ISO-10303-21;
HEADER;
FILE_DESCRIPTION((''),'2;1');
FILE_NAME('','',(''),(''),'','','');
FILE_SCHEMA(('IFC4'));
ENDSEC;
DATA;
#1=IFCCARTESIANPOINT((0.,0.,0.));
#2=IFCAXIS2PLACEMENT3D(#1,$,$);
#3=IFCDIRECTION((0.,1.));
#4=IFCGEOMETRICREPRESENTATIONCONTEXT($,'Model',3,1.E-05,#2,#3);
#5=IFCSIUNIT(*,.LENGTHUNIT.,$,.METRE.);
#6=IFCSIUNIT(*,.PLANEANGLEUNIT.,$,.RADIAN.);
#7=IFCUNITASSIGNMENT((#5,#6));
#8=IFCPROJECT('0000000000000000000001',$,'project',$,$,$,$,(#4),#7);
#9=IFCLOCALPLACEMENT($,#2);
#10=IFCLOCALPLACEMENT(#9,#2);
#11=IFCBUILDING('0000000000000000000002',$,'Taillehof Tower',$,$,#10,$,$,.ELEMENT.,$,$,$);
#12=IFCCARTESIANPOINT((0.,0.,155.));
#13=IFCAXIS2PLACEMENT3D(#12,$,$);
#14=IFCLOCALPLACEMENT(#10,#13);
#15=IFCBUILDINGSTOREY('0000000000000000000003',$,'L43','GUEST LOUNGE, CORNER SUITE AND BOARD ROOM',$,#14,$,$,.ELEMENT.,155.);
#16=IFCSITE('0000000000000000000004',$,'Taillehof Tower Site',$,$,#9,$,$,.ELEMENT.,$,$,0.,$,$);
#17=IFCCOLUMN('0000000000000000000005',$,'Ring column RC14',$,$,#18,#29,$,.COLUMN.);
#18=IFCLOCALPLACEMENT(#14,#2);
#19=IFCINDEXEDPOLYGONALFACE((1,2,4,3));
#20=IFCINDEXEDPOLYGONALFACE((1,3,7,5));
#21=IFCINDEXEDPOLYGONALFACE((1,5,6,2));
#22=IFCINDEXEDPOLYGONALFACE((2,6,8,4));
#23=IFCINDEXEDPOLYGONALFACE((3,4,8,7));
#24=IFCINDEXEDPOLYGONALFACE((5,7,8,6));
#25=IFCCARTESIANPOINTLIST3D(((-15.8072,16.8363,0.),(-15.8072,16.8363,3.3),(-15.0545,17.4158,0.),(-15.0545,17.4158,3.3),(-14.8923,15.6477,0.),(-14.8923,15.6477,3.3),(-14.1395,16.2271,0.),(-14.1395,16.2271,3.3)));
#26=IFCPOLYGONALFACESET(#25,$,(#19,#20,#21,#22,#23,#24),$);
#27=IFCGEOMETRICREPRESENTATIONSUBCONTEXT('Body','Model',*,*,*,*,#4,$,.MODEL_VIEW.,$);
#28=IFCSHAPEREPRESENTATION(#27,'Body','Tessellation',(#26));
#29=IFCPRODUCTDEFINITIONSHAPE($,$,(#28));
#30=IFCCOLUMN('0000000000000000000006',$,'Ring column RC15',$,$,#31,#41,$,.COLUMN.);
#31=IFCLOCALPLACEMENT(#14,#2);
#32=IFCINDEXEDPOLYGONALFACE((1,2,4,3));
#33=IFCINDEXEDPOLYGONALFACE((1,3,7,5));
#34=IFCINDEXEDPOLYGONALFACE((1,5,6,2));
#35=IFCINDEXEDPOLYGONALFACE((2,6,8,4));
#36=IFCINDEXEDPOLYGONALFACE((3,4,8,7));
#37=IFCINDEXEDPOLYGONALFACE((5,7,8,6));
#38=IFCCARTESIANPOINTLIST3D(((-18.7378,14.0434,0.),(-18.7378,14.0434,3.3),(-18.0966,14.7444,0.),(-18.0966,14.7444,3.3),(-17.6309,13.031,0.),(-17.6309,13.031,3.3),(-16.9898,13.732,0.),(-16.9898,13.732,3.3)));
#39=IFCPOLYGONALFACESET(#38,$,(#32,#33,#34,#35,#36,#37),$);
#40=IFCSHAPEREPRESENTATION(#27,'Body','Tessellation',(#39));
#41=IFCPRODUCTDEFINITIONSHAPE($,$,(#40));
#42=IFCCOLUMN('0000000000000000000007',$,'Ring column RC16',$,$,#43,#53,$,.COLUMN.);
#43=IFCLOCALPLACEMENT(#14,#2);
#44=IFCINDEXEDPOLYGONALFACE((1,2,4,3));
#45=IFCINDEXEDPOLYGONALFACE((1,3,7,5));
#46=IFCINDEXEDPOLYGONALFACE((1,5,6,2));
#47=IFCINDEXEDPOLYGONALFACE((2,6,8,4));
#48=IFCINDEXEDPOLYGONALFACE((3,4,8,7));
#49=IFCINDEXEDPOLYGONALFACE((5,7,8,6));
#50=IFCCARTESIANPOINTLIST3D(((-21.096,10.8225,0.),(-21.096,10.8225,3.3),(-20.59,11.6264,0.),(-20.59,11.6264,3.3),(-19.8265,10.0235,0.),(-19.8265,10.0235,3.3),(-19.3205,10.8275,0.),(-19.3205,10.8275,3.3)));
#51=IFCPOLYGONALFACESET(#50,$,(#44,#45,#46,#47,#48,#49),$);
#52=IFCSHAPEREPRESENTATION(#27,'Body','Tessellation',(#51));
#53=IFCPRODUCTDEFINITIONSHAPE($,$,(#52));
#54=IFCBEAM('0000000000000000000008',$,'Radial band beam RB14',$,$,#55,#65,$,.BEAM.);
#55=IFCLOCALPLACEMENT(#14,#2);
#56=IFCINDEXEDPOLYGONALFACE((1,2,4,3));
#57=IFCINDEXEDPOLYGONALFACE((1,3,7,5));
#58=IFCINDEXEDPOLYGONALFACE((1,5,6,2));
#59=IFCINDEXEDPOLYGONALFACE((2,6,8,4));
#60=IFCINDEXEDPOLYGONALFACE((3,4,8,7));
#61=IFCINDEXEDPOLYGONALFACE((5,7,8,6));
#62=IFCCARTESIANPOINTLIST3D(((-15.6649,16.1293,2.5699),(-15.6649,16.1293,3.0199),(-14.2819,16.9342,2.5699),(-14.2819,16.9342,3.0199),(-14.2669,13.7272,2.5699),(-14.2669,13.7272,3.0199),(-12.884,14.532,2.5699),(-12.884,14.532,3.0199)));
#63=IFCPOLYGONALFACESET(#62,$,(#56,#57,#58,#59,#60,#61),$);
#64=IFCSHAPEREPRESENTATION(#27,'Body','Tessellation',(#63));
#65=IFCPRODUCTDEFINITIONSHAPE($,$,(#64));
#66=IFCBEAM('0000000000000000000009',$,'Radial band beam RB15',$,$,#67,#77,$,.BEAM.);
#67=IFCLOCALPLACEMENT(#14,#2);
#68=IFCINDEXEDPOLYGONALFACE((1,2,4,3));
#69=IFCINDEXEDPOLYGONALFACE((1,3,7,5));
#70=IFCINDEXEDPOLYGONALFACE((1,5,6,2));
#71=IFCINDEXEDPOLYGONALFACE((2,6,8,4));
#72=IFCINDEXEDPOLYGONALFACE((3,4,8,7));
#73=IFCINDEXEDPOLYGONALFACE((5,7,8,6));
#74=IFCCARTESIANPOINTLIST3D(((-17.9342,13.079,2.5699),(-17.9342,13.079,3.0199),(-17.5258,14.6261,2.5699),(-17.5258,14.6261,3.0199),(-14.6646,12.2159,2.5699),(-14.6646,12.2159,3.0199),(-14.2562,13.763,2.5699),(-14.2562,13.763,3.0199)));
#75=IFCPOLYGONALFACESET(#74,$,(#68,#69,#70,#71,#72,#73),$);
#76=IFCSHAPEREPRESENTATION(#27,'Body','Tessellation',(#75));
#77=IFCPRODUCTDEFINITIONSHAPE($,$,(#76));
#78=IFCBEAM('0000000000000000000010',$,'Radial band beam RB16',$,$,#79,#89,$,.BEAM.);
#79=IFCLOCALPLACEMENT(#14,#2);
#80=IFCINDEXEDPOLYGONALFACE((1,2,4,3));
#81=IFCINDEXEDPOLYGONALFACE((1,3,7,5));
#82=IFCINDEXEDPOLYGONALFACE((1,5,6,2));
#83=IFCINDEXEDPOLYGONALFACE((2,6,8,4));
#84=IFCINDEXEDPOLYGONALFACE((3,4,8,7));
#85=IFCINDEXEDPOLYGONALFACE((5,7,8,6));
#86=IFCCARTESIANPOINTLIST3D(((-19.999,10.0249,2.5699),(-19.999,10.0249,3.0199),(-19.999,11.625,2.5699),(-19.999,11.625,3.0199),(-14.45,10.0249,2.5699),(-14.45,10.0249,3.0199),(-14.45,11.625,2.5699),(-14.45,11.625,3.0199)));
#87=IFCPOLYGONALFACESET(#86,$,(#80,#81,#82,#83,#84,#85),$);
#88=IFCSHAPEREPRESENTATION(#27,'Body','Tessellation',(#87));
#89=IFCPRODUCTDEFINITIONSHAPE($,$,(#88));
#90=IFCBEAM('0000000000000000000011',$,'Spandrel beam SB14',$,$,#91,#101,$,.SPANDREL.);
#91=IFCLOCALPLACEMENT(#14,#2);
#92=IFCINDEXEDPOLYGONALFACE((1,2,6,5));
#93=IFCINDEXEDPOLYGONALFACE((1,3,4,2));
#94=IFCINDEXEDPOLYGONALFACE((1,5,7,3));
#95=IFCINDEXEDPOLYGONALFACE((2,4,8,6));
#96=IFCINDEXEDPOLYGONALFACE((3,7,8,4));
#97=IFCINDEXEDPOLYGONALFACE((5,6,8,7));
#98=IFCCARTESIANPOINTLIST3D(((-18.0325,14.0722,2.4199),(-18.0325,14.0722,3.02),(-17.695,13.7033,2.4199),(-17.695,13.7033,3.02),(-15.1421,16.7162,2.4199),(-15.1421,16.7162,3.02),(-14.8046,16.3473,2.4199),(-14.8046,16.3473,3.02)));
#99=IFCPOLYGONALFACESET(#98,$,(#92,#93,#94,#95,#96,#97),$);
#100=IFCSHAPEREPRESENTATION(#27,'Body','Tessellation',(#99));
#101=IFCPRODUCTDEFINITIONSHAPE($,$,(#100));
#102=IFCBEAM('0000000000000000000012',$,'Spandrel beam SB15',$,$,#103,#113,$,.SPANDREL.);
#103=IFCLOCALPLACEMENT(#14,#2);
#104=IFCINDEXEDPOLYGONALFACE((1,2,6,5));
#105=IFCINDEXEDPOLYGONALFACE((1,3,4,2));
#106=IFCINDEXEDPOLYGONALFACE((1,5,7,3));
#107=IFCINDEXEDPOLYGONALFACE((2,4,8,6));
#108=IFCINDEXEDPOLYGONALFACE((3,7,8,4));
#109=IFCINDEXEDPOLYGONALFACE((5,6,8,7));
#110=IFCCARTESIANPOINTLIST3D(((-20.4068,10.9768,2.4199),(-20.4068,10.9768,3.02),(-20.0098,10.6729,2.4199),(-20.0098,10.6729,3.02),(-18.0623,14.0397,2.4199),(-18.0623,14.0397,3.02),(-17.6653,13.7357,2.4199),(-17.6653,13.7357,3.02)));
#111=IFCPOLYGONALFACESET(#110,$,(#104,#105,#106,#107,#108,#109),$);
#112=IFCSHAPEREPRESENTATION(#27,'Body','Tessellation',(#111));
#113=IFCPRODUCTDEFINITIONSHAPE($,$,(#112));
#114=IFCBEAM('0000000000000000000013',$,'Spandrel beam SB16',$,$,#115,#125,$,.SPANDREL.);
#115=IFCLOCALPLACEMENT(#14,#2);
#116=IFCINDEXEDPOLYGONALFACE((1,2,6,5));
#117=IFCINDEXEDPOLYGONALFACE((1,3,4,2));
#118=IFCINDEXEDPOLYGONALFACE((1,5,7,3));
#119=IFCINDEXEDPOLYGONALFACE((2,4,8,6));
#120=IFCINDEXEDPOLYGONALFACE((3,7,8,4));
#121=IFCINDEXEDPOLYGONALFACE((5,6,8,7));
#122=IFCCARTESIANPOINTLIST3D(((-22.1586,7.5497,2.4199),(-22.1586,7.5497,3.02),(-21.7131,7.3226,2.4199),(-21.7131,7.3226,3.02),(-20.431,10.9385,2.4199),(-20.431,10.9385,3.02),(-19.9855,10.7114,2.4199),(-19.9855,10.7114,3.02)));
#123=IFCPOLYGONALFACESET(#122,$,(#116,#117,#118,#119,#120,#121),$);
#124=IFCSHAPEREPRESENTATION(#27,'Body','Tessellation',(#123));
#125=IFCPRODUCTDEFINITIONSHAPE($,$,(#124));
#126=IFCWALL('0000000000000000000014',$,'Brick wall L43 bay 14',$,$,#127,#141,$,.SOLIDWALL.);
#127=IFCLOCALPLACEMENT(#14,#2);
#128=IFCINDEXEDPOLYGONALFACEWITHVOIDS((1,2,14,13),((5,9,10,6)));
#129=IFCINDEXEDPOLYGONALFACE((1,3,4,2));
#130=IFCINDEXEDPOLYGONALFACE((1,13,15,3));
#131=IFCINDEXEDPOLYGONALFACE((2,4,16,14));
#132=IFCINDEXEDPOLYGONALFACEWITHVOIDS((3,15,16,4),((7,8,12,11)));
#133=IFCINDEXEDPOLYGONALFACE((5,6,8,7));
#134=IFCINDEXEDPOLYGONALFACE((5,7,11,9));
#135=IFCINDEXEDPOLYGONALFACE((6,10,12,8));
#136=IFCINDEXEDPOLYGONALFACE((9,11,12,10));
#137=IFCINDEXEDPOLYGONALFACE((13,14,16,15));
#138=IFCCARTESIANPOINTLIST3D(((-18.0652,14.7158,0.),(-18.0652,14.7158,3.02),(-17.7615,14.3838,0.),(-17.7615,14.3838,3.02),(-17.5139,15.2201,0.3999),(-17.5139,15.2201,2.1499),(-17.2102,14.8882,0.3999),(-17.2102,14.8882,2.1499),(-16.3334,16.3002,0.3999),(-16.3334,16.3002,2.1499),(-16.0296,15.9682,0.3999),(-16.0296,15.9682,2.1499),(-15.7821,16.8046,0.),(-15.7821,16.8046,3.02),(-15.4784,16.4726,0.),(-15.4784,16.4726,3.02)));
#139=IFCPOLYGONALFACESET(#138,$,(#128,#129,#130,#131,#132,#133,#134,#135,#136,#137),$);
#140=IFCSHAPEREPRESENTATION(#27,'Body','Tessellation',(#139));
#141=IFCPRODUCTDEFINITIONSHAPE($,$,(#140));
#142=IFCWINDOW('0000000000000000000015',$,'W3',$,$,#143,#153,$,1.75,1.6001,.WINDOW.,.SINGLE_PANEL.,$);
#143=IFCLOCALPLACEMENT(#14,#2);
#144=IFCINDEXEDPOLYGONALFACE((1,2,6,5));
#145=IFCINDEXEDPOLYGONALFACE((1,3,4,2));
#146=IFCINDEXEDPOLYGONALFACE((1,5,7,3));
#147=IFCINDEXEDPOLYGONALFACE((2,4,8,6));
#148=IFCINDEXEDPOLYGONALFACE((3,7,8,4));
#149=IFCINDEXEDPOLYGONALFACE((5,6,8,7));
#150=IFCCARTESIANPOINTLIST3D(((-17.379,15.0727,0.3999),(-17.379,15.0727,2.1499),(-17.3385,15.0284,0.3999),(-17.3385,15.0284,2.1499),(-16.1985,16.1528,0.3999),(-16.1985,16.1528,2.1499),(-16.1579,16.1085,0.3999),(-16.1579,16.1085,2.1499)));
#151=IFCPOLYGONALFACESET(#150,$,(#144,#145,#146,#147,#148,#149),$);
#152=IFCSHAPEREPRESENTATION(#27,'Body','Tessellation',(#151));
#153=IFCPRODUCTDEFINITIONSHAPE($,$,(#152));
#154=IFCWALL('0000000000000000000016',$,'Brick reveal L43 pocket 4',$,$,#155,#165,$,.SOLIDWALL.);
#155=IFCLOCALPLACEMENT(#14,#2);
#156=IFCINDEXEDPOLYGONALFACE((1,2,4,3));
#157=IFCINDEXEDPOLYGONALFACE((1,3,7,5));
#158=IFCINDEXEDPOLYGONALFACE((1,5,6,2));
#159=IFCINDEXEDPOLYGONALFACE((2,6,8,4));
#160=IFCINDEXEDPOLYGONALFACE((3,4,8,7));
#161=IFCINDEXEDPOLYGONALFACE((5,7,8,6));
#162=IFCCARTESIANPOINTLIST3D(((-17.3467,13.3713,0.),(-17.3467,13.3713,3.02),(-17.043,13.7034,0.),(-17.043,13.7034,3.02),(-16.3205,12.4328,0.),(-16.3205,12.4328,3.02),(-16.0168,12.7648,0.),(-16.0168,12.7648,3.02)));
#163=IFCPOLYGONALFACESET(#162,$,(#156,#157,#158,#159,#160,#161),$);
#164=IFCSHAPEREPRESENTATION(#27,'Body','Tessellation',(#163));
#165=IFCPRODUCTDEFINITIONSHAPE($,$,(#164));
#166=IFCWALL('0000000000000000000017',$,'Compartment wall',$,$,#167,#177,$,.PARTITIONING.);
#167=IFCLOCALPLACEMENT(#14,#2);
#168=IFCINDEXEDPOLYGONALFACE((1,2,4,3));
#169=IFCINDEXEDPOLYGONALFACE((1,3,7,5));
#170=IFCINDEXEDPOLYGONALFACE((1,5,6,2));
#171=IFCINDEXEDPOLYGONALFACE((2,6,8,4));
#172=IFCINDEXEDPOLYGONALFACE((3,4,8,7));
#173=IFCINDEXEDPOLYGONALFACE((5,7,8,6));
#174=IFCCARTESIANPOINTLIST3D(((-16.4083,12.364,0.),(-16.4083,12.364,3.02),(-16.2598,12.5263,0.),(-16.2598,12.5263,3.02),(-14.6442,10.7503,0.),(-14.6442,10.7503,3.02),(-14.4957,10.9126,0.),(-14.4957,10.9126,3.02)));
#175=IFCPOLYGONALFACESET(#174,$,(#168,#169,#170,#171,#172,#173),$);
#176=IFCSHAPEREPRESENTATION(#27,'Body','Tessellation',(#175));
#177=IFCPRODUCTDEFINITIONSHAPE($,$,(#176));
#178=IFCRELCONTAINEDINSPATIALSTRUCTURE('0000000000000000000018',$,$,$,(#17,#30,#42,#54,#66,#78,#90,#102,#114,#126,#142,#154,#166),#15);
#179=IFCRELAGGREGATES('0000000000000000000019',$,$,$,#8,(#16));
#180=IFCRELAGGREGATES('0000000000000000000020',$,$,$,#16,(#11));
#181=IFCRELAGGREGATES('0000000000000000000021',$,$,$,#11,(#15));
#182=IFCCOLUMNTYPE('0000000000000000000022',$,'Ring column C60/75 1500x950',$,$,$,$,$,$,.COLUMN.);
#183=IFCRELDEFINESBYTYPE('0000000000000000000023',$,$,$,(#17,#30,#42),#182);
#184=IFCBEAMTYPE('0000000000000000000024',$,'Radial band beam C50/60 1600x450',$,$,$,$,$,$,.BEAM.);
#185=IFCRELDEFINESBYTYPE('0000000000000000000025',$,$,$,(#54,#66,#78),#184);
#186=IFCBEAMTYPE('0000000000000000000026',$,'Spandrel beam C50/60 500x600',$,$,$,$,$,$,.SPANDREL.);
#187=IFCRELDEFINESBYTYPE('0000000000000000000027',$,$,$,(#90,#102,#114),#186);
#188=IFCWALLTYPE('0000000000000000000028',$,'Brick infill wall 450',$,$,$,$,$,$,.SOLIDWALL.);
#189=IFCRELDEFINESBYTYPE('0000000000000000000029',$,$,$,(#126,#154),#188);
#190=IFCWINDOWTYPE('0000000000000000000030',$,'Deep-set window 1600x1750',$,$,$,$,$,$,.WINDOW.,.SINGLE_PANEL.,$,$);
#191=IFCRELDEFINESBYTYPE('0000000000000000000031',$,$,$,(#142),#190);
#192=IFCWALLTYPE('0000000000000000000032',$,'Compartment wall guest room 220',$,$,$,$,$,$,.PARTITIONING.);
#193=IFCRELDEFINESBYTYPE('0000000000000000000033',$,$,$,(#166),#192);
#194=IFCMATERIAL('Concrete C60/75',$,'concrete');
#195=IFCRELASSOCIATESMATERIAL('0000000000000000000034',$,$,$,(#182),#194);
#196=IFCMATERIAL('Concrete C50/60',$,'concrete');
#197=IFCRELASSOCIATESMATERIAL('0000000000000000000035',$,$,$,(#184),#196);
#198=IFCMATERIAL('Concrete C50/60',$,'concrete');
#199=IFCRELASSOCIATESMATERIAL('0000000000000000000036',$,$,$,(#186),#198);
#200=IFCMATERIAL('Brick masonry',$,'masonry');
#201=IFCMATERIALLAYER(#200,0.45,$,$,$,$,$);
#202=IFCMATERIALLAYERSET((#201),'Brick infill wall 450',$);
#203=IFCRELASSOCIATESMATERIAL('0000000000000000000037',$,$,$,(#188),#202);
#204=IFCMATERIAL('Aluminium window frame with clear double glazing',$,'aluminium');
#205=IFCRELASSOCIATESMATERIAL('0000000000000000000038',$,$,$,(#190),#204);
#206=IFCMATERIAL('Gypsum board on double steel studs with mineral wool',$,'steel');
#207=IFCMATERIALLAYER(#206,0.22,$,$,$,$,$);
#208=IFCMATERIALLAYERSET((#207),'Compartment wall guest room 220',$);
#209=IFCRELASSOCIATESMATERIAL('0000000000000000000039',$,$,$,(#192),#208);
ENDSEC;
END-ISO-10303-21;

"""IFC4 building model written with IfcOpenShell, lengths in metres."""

from ifc_helpers import new_model, si_unit, direction, frame, frame_2d, origin, origin_2d, place, context, subcontext, project, spatial, rectangle, extrude, material, layer, layer_set, material_profile, profile_set, type_object, element, fill, save


model = new_model("IFC4")

# Units and contexts
model_context = context("Model", 3, precision=1e-05, world=origin(), true_north=direction((0.0, 1.0)))
body_context = subcontext(model_context, "Body", "Model", "MODEL_VIEW")
ifc_project = project(units=[si_unit("LENGTHUNIT", "METRE"), si_unit("PLANEANGLEUNIT", "RADIAN")], contexts=[model_context])

# Site, building, storey
site_placement = place(None, origin())
site = spatial("IfcSite", under=ifc_project, at=site_placement, Name="Taillehof Tower Site", CompositionType="ELEMENT", RefElevation=0.0)
building_placement = place(site_placement, origin())
building = spatial("IfcBuilding", under=site, at=building_placement, Name="Taillehof Tower", CompositionType="ELEMENT")
storey_placement = place(building_placement, frame((0.0, 0.0, 155.0)))
storey = spatial("IfcBuildingStorey", under=building, at=storey_placement, Name="L43", Description="GUEST LOUNGE, CORNER SUITE AND BOARD ROOM", CompositionType="ELEMENT", Elevation=155.0)

# Columns
ifc_material_1 = material(Name="Concrete C60/75", Category="concrete")
ifc_material_profile_1 = material_profile(ifc_material_1, rectangle(XDim=1.5, YDim=0.95, at=origin_2d()), Name="RC 1500x950")
ifc_profile_set_1 = profile_set([ifc_material_profile_1], Name="Concrete C60/75")
column_type = type_object("IfcColumnType", Name="Ring column C60/75 1500x950", PredefinedType="COLUMN", material=ifc_profile_set_1)
for number, where, z_axis, x_axis, name in (
    (1, (-14.9734, 16.5317, 0.0), (0.0, 0.0, 1.0), (-0.609971, 0.792424, 0.0), "Ring column RC14"),
    (2, (-17.8638, 13.8877, 0.0), (0.0, 0.0, 1.0), (-0.737879, 0.674933, 0.0), "Ring column RC15"),
    (3, (-20.2083, 10.825, 0.0), (0.0, 0.0, 1.0), (-0.846334, 0.532652, 0.0), "Ring column RC16"),
):
    element("IfcColumn", number, at=place(storey_placement, frame(where, z_axis=z_axis, x_axis=x_axis)), inside=storey, type_object=column_type, Name=name, PredefinedType="COLUMN", context=body_context, shape_type="SweptSolid", body=[
        extrude(rectangle(XDim=1.5, YDim=0.95, at=origin_2d()), origin(), (0.0, 0.0, 1.0), 3.3),
    ])

# Beams
ifc_material_2 = material(Name="Concrete C50/60", Category="concrete")
ifc_material_profile_2 = material_profile(ifc_material_2, rectangle(XDim=1.6001, YDim=0.45, at=origin_2d()), Name="RC 1600x450")
ifc_profile_set_2 = profile_set([ifc_material_profile_2], Name="Concrete C50/60")
beam_type_1 = type_object("IfcBeamType", Name="Radial band beam C50/60 1600x450", PredefinedType="BEAM", material=ifc_profile_set_2)
beam_1_placement = place(storey_placement, frame((-14.9734, 16.5317, 2.7949), z_axis=(0.502991, -0.864291, 0.0), x_axis=(0.864291, 0.502991, 0.0)))
element("IfcBeam", 4, at=beam_1_placement, inside=storey, type_object=beam_type_1, Name="Radial band beam RB14", PredefinedType="BEAM", context=body_context, shape_type="SweptSolid", body=[
    extrude(rectangle(XDim=1.6001, YDim=0.45, at=origin_2d()), origin(), (0.0, 0.0, 1.0), 2.7793),
])
beam_2_placement = place(storey_placement, frame((-17.73, 13.8525, 2.7949), z_axis=(0.966883, -0.255222, 0.0), x_axis=(0.255222, 0.966883, 0.0)))
element("IfcBeam", 5, at=beam_2_placement, inside=storey, type_object=beam_type_1, Name="Radial band beam RB15", PredefinedType="BEAM", context=body_context, shape_type="SweptSolid", body=[
    extrude(rectangle(XDim=1.6001, YDim=0.45, at=origin_2d()), origin(), (0.0, 0.0, 1.0), 3.3816),
])
beam_3_placement = place(storey_placement, frame((-19.999, 10.825, 2.7949), z_axis=(1.0, 0.0, 0.0), x_axis=(0.0, 1.0, 0.0)))
element("IfcBeam", 6, at=beam_3_placement, inside=storey, type_object=beam_type_1, Name="Radial band beam RB16", PredefinedType="BEAM", context=body_context, shape_type="SweptSolid", body=[
    extrude(rectangle(XDim=1.6001, YDim=0.45, at=origin_2d()), origin(), (0.0, 0.0, 1.0), 5.5491),
])
ifc_material_3 = material(Name="Concrete C50/60", Category="concrete")
ifc_material_profile_3 = material_profile(ifc_material_3, rectangle(XDim=0.5, YDim=0.6001, at=origin_2d()), Name="RC 500x600")
ifc_profile_set_3 = profile_set([ifc_material_profile_3], Name="Concrete C50/60")
beam_type_2 = type_object("IfcBeamType", Name="Spandrel beam C50/60 500x600", PredefinedType="SPANDREL", material=ifc_profile_set_3)
beam_4_placement = place(storey_placement, frame((-14.9734, 16.5317, 2.72), z_axis=(-0.73785, -0.674965, 0.0), x_axis=(0.674965, -0.73785, 0.0)))
element("IfcBeam", 7, at=beam_4_placement, inside=storey, type_object=beam_type_2, Name="Spandrel beam SB14", PredefinedType="SPANDREL", context=body_context, shape_type="SweptSolid", body=[
    extrude(rectangle(XDim=0.5, YDim=0.6001, at=origin_2d()), origin(), (0.0, 0.0, 1.0), 3.9172),
])
beam_5_placement = place(storey_placement, frame((-17.8638, 13.8877, 2.72), z_axis=(-0.60784, -0.794059, 0.0), x_axis=(0.794059, -0.60784, 0.0)))
element("IfcBeam", 8, at=beam_5_placement, inside=storey, type_object=beam_type_2, Name="Spandrel beam SB15", PredefinedType="SPANDREL", context=body_context, shape_type="SweptSolid", body=[
    extrude(rectangle(XDim=0.5, YDim=0.6001, at=origin_2d()), origin(), (0.0, 0.0, 1.0), 3.8572),
])
beam_6_placement = place(storey_placement, frame((-20.2083, 10.825, 2.72), z_axis=(-0.454183, -0.890908, 0.0), x_axis=(0.890908, -0.454183, 0.0)))
element("IfcBeam", 9, at=beam_6_placement, inside=storey, type_object=beam_type_2, Name="Spandrel beam SB16", PredefinedType="SPANDREL", context=body_context, shape_type="SweptSolid", body=[
    extrude(rectangle(XDim=0.5, YDim=0.6001, at=origin_2d()), origin(), (0.0, 0.0, 1.0), 3.8037),
])

# Wall, opening, window
ifc_material_4 = material(Name="Brick masonry", Category="masonry")
ifc_layer_1 = layer(ifc_material_4, 0.45)
ifc_layer_set_1 = layer_set([ifc_layer_1], Name="Brick infill wall 450")
wall_type_1 = type_object("IfcWallType", Name="Brick infill wall 450", PredefinedType="SOLIDWALL", material=ifc_layer_set_1)
wall_1_placement = place(storey_placement, frame((-15.6301, 16.6387, 0.0), z_axis=(0.0, 0.0, 1.0), x_axis=(-0.737809, -0.67501, 0.0)))
wall_1 = element("IfcWall", 10, at=wall_1_placement, inside=storey, type_object=wall_type_1, Name="Brick wall L43 bay 14", PredefinedType="SOLIDWALL", context=body_context, shape_type="SweptSolid", body=[
    extrude(rectangle(XDim=3.0945, YDim=0.45, at=frame_2d((1.5474, 0.0))), origin(), (0.0, 0.0, 1.0), 3.02),
])
opening_1_placement = place(wall_1_placement, frame((0.7473, 0.0, 0.3999)))
opening_1 = element("IfcOpeningElement", 11, at=opening_1_placement, cuts=wall_1, PredefinedType="OPENING", context=body_context, shape_type="SweptSolid", body=[
    extrude(rectangle(XDim=1.6001, YDim=1.75, at=frame_2d((0.8, 0.875))), frame((0.0, 0.2349, 0.0), z_axis=(0.0, -1.0, 0.0), x_axis=(1.0, 0.0, 0.0)), (0.0, 0.0, 1.0), 0.47),
])
ifc_material_5 = material(Name="Aluminium window frame with clear double glazing", Category="aluminium")
window_type_1 = type_object("IfcWindowType", Name="Deep-set window 1600x1750", PartitioningType="SINGLE_PANEL", PredefinedType="WINDOW", material=ifc_material_5)
window_1_placement = place(opening_1_placement, origin())
window_1 = element("IfcWindow", 12, at=window_1_placement, inside=storey, type_object=window_type_1, Name="W3", OverallHeight=1.75, OverallWidth=1.6001, PartitioningType="SINGLE_PANEL", PredefinedType="WINDOW", context=body_context, shape_type="SweptSolid", body=[
    extrude(rectangle(XDim=1.6001, YDim=1.75, at=frame_2d((0.8, 0.875))), frame((0.0, 0.0349, 0.0), z_axis=(0.0, -1.0, 0.0), x_axis=(1.0, 0.0, 0.0)), (0.0, 0.0, 1.0), 0.0601),
])
fill(opening_1, window_1)

# Wall
wall_2_placement = place(storey_placement, frame((-17.1948, 13.5374, 0.0), z_axis=(0.0, 0.0, 1.0), x_axis=(0.737919, -0.674889, 0.0)))
element("IfcWall", 13, at=wall_2_placement, inside=storey, type_object=wall_type_1, Name="Brick reveal L43 pocket 4", PredefinedType="SOLIDWALL", context=body_context, shape_type="SweptSolid", body=[
    extrude(rectangle(XDim=1.3906, YDim=0.45, at=frame_2d((0.6953, 0.0))), origin(), (0.0, 0.0, 1.0), 3.02),
])

# Wall
ifc_material_6 = material(Name="Gypsum board on double steel studs with mineral wool", Category="steel")
ifc_layer_2 = layer(ifc_material_6, 0.22)
ifc_layer_set_2 = layer_set([ifc_layer_2], Name="Compartment wall guest room 220")
wall_type_2 = type_object("IfcWallType", Name="Compartment wall guest room 220", PredefinedType="PARTITIONING", material=ifc_layer_set_2)
wall_3_placement = place(storey_placement, frame((-16.334, 12.4451, 0.0), z_axis=(0.0, 0.0, 1.0), x_axis=(0.737857, -0.674957, 0.0)))
element("IfcWall", 14, at=wall_3_placement, inside=storey, type_object=wall_type_2, Name="Compartment wall", PredefinedType="PARTITIONING", context=body_context, shape_type="SweptSolid", body=[
    extrude(rectangle(XDim=2.3909, YDim=0.22, at=frame_2d((1.1953, 0.0))), origin(), (0.0, 0.0, 1.0), 3.02),
])

save(model, "model.ifc")
